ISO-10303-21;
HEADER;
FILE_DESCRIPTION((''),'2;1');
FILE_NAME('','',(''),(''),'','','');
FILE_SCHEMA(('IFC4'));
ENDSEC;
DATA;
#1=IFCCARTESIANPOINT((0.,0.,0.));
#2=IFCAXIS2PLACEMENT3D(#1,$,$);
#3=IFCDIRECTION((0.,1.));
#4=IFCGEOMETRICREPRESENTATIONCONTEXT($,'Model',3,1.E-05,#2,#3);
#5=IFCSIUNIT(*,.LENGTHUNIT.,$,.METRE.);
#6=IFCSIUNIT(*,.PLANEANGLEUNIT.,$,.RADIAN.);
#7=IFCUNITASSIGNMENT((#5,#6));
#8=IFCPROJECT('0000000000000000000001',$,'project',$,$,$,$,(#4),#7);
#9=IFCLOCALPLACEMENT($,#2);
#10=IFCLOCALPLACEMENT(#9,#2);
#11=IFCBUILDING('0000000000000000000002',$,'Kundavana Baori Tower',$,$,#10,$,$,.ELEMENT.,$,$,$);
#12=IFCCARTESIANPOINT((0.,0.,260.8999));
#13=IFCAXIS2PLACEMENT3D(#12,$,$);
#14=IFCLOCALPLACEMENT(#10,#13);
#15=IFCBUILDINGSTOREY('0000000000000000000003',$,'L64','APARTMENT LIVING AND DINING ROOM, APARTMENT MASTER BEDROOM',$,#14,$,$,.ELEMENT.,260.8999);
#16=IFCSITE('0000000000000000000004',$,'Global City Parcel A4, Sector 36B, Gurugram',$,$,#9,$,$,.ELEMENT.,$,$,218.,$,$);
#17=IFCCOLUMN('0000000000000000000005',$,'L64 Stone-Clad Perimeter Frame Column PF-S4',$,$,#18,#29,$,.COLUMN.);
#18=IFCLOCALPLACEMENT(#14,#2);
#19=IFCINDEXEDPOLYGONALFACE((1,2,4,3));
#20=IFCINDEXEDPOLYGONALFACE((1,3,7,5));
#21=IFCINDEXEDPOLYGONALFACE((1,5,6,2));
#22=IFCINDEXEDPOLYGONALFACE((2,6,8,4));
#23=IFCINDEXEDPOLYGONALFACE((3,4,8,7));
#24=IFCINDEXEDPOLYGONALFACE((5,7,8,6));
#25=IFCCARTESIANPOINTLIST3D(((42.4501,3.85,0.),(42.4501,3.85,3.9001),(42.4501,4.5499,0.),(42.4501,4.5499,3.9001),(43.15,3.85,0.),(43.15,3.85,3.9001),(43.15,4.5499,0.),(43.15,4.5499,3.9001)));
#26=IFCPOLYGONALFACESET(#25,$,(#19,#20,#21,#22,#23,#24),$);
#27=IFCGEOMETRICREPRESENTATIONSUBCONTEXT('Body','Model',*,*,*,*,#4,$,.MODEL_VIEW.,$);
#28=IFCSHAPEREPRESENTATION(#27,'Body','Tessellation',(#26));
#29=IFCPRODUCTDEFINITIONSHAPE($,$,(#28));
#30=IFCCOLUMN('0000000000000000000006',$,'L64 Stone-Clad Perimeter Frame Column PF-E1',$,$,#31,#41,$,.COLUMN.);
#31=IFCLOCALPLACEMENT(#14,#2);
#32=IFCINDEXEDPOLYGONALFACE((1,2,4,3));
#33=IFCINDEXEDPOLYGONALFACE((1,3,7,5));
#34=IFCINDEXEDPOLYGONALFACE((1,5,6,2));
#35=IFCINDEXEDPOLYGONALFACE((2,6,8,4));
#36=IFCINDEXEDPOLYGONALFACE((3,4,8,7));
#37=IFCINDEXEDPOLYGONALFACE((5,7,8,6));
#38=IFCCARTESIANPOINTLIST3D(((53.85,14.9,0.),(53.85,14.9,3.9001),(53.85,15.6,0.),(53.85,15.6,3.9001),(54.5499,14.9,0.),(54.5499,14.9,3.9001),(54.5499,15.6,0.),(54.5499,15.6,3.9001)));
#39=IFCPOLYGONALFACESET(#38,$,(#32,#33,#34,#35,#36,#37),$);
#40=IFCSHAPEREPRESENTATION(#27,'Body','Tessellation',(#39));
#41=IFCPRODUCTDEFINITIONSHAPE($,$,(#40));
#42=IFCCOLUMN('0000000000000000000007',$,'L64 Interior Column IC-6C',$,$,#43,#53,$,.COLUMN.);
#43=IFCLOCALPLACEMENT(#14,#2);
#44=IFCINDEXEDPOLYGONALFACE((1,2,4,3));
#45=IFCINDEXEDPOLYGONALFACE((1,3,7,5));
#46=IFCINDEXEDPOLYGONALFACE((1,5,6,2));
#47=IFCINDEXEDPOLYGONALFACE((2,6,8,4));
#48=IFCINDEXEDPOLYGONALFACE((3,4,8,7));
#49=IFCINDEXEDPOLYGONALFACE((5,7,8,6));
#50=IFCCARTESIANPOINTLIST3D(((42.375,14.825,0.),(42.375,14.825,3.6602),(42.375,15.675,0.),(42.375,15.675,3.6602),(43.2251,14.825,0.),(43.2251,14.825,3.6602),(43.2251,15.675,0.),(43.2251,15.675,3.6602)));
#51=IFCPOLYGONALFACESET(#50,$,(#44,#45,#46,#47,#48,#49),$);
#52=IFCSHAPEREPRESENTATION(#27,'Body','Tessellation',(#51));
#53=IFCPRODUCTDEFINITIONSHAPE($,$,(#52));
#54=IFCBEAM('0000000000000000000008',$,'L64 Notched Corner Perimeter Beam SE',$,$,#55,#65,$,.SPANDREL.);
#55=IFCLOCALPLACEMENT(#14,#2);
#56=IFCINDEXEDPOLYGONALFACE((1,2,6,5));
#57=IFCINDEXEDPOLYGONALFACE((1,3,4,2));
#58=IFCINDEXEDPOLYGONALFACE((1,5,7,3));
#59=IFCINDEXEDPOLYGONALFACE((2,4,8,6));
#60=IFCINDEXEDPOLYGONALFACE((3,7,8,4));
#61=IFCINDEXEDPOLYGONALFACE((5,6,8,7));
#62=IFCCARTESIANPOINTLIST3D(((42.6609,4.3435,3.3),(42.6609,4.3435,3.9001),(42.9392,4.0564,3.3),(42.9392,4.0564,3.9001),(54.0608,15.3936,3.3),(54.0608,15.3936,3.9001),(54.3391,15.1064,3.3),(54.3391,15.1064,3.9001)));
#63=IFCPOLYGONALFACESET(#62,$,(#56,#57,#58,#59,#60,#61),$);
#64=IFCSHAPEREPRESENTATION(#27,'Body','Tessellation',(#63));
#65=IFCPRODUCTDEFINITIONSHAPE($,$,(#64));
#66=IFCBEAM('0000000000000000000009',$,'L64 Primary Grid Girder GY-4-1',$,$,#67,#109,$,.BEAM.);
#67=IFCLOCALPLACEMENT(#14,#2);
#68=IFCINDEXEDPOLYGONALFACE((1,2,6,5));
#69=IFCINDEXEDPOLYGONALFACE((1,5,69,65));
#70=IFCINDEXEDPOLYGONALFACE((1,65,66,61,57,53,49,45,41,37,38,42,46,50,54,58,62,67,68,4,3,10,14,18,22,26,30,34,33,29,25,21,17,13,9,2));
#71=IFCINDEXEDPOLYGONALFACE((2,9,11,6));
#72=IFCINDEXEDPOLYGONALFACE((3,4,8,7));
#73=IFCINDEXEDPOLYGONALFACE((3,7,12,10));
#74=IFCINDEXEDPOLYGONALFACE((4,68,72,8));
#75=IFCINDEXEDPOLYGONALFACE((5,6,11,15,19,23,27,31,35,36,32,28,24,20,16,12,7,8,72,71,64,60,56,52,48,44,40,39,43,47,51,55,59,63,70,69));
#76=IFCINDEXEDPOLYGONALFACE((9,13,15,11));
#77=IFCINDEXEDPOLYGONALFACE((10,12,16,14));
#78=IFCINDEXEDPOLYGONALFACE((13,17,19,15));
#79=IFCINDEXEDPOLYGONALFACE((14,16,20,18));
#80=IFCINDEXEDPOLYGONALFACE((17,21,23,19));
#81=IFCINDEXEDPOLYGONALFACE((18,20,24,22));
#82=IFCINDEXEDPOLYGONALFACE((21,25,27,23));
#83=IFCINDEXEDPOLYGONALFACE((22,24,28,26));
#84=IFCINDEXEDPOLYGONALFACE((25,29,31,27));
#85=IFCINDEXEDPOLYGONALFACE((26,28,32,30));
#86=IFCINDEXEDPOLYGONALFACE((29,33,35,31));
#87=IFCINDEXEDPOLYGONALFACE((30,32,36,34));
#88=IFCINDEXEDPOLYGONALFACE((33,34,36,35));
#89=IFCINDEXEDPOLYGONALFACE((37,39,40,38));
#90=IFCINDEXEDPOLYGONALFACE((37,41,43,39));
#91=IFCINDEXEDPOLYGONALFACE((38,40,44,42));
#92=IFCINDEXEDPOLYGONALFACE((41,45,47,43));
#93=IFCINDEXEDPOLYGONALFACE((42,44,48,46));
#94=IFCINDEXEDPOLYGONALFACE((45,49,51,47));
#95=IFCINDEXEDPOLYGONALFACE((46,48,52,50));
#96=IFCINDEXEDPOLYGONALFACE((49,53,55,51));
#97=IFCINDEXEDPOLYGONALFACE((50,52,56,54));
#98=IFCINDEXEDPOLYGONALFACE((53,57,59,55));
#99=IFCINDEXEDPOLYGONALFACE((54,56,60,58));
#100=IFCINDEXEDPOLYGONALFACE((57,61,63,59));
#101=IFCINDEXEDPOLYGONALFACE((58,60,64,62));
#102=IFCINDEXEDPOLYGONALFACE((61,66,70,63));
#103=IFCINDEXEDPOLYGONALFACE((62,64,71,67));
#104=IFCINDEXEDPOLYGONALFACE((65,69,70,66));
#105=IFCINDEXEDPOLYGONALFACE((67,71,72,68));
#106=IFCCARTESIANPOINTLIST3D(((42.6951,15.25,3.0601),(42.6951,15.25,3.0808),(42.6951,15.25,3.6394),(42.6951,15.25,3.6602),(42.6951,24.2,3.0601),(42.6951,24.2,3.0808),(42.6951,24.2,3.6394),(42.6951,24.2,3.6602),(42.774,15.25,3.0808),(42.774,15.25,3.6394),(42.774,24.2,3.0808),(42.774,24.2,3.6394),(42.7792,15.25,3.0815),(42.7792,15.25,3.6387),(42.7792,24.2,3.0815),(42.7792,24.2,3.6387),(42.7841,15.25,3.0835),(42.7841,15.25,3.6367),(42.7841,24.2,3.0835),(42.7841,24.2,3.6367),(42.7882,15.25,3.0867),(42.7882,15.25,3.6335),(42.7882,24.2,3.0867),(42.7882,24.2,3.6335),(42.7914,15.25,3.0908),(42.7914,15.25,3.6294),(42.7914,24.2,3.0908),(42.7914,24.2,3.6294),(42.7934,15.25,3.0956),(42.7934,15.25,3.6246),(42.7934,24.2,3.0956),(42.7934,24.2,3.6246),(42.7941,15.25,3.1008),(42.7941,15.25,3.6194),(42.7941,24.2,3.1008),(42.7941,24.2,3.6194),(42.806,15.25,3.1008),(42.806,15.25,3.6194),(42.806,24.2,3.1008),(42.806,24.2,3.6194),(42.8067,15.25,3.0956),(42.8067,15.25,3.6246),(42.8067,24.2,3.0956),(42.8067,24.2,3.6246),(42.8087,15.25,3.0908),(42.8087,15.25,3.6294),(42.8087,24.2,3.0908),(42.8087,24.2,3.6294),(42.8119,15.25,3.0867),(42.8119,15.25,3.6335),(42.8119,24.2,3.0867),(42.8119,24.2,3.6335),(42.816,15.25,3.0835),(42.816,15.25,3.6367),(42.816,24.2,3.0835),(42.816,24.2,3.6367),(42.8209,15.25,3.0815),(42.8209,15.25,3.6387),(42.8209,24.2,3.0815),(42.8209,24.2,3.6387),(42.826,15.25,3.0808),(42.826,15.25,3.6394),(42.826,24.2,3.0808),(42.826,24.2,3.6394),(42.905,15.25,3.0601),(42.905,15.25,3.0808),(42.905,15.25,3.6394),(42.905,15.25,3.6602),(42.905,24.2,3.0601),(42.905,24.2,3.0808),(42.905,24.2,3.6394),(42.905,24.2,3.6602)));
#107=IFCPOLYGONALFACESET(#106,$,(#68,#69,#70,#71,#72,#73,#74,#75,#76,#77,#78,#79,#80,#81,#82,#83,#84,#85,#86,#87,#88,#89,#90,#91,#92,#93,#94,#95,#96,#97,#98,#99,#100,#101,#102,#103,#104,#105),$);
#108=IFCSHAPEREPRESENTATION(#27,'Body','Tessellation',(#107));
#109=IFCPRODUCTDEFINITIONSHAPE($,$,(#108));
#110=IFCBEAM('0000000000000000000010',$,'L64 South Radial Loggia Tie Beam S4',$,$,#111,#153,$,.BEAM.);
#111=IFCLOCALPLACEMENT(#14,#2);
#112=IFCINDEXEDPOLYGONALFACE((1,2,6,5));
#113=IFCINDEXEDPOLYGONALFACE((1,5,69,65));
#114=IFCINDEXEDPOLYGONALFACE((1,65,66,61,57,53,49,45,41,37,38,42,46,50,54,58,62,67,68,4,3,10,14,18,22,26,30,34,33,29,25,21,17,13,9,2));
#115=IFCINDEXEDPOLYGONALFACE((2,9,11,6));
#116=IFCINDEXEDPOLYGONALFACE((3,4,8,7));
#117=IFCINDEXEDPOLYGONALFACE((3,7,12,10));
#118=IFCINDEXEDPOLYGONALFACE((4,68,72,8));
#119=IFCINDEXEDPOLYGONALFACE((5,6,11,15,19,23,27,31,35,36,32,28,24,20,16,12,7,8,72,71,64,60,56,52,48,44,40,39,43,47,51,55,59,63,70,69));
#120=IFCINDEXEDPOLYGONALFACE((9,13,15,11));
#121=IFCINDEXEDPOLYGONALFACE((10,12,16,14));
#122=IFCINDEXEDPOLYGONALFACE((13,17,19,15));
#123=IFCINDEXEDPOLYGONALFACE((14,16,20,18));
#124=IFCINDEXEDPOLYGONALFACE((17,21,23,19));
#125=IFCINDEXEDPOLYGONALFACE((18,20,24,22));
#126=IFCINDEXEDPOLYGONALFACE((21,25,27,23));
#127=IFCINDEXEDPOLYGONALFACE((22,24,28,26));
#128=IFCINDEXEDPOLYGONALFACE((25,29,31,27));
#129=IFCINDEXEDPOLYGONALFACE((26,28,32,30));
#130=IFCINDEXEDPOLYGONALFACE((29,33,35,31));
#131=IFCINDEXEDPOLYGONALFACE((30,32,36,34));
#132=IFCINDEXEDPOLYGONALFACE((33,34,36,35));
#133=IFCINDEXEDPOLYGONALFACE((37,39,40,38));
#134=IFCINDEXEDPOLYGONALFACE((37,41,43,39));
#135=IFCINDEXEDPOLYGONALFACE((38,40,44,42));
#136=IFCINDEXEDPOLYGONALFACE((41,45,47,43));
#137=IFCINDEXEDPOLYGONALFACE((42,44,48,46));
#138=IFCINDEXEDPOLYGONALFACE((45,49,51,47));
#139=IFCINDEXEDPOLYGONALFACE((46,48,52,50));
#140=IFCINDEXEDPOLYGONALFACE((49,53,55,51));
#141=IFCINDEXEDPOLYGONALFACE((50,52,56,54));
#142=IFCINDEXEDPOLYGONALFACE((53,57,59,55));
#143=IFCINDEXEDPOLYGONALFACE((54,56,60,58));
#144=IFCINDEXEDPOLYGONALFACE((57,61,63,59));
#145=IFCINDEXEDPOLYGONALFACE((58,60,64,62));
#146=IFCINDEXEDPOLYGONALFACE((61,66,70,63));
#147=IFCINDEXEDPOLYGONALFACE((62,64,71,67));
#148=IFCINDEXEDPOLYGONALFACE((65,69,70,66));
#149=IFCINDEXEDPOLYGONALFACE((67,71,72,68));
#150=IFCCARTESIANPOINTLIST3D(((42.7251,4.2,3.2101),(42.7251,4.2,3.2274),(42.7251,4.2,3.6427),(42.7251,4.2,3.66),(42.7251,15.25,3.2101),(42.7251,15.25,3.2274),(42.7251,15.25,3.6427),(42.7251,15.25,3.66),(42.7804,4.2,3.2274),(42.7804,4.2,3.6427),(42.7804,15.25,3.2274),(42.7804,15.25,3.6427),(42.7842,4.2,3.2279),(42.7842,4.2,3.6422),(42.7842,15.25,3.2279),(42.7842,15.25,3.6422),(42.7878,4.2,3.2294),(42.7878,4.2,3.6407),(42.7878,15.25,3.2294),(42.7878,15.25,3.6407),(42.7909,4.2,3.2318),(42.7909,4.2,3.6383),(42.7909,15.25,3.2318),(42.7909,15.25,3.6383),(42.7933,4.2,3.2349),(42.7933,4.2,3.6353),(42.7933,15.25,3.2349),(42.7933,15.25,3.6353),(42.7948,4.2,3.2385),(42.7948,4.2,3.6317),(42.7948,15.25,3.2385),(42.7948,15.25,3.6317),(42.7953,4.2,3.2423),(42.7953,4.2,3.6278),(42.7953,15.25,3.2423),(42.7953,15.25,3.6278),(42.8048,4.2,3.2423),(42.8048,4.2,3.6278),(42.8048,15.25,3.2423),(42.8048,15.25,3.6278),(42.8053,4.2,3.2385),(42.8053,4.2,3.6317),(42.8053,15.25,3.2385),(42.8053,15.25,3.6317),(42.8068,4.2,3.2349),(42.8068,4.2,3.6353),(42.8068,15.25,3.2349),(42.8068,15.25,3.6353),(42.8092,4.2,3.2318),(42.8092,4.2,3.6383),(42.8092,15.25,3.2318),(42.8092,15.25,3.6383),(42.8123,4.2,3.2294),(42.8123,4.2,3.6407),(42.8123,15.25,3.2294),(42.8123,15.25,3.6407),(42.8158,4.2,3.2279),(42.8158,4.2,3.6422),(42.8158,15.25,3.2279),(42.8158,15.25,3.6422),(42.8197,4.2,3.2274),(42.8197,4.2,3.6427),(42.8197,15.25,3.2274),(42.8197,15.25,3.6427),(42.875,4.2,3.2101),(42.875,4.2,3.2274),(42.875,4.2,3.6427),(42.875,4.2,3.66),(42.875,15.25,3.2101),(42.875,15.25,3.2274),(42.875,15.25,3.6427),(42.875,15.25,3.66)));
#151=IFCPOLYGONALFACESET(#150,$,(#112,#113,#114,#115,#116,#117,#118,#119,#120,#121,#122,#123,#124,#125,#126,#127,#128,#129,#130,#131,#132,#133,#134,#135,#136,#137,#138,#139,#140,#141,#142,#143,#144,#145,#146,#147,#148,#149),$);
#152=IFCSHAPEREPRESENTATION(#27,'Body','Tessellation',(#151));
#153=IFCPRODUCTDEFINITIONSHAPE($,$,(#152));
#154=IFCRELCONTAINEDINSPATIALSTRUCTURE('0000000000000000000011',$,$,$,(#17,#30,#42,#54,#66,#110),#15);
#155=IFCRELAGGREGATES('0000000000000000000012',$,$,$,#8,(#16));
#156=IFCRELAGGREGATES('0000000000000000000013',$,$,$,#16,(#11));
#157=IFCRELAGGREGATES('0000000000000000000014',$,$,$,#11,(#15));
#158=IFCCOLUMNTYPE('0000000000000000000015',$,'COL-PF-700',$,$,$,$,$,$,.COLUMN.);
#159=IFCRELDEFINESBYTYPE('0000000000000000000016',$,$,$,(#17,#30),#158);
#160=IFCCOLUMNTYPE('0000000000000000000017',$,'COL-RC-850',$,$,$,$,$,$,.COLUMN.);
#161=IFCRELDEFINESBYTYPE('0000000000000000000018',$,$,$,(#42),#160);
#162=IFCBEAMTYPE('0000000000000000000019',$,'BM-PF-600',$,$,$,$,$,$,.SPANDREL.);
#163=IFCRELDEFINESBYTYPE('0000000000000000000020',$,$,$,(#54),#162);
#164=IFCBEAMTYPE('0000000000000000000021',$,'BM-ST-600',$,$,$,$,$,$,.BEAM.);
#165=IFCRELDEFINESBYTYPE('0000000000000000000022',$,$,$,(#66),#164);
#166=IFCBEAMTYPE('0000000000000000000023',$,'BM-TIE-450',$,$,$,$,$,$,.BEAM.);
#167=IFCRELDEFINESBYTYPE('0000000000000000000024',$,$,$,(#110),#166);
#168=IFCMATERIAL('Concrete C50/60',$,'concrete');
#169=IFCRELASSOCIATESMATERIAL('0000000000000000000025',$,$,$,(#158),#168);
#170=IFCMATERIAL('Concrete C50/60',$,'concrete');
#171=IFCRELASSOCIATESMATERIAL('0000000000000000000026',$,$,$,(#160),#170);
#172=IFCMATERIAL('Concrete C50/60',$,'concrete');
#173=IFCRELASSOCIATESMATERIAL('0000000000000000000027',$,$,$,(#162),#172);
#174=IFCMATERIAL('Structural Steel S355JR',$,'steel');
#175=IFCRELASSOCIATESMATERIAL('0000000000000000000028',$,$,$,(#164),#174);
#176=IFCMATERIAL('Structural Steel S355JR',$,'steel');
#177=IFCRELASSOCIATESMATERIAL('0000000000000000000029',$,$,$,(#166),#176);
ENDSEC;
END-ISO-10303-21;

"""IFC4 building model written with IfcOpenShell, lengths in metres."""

from ifc_helpers import new_model, si_unit, direction, frame, origin, origin_2d, place, context, subcontext, project, spatial, rectangle, i_section, extrude, material, material_profile, profile_set, type_object, element, save


model = new_model("IFC4")

# Units and contexts
model_context = context("Model", 3, precision=1e-05, world=origin(), true_north=direction((0.0, 1.0)))
body_context = subcontext(model_context, "Body", "Model", "MODEL_VIEW")
ifc_project = project(units=[si_unit("LENGTHUNIT", "METRE"), si_unit("PLANEANGLEUNIT", "RADIAN")], contexts=[model_context])

# Site, building, storey
site_placement = place(None, origin())
site = spatial("IfcSite", under=ifc_project, at=site_placement, Name="Global City Parcel A4, Sector 36B, Gurugram", CompositionType="ELEMENT", RefElevation=218.0)
building_placement = place(site_placement, origin())
building = spatial("IfcBuilding", under=site, at=building_placement, Name="Kundavana Baori Tower", CompositionType="ELEMENT")
storey_placement = place(building_placement, frame((0.0, 0.0, 260.8999)))
storey = spatial("IfcBuildingStorey", under=building, at=storey_placement, Name="L64", Description="APARTMENT LIVING AND DINING ROOM, APARTMENT MASTER BEDROOM", CompositionType="ELEMENT", Elevation=260.8999)

# Columns
ifc_material_1 = material(Name="Concrete C50/60", Category="concrete")
ifc_material_profile_1 = material_profile(ifc_material_1, rectangle(XDim=0.7, YDim=0.7, at=origin_2d()), Name="RC PF 700x700")
ifc_profile_set_1 = profile_set([ifc_material_profile_1], Name="Concrete C50/60")
column_type_1 = type_object("IfcColumnType", Name="COL-PF-700", PredefinedType="COLUMN", material=ifc_profile_set_1)
for number, where, z_axis, x_axis, name in (
    (1, (42.8, 4.2, 0.0), (0.0, 0.0, 1.0), (1.0, 0.0, 0.0), "L64 Stone-Clad Perimeter Frame Column PF-S4"),
    (2, (54.2, 15.25, 0.0), (0.0, 0.0, 1.0), (1.0, 0.0, 0.0), "L64 Stone-Clad Perimeter Frame Column PF-E1"),
):
    element("IfcColumn", number, at=place(storey_placement, frame(where, z_axis=z_axis, x_axis=x_axis)), inside=storey, type_object=column_type_1, Name=name, PredefinedType="COLUMN", context=body_context, shape_type="SweptSolid", body=[
        extrude(rectangle(XDim=0.7, YDim=0.7, at=origin_2d()), origin(), (0.0, 0.0, 1.0), 3.9001),
    ])
ifc_material_2 = material(Name="Concrete C50/60", Category="concrete")
ifc_material_profile_2 = material_profile(ifc_material_2, rectangle(XDim=0.8501, YDim=0.8501, at=origin_2d()), Name="RC 850x850")
ifc_profile_set_2 = profile_set([ifc_material_profile_2], Name="Concrete C50/60")
column_type_2 = type_object("IfcColumnType", Name="COL-RC-850", PredefinedType="COLUMN", material=ifc_profile_set_2)
column_placement = place(storey_placement, frame((42.8, 15.25, 0.0), z_axis=(0.0, 0.0, 1.0), x_axis=(1.0, 0.0, 0.0)))
element("IfcColumn", 3, at=column_placement, inside=storey, type_object=column_type_2, Name="L64 Interior Column IC-6C", PredefinedType="COLUMN", context=body_context, shape_type="SweptSolid", body=[
    extrude(rectangle(XDim=0.8501, YDim=0.8501, at=origin_2d()), origin(), (0.0, 0.0, 1.0), 3.6602),
])

# Beams
ifc_material_3 = material(Name="Concrete C50/60", Category="concrete")
ifc_material_profile_3 = material_profile(ifc_material_3, rectangle(XDim=0.3999, YDim=0.6001, at=origin_2d()), Name="RC BM 400x600")
ifc_profile_set_3 = profile_set([ifc_material_profile_3], Name="Concrete C50/60")
beam_type_1 = type_object("IfcBeamType", Name="BM-PF-600", PredefinedType="SPANDREL", material=ifc_profile_set_3)
beam_1_placement = place(storey_placement, frame((42.8, 4.2, 3.6001), z_axis=(0.718039, 0.696003, 0.0), x_axis=(-0.696003, 0.718039, 0.0)))
element("IfcBeam", 4, at=beam_1_placement, inside=storey, type_object=beam_type_1, Name="L64 Notched Corner Perimeter Beam SE", PredefinedType="SPANDREL", context=body_context, shape_type="SweptSolid", body=[
    extrude(rectangle(XDim=0.3999, YDim=0.6001, at=origin_2d()), origin(), (0.0, 0.0, 1.0), 15.8765),
])
ifc_material_4 = material(Name="Structural Steel S355JR", Category="steel")
ifc_material_profile_4 = material_profile(ifc_material_4, i_section(OverallWidth=0.21, OverallDepth=0.6001, WebThickness=0.012, FlangeThickness=0.0208, FilletRadius=0.02, at=origin_2d()), Name="ISMB 600")
ifc_profile_set_4 = profile_set([ifc_material_profile_4], Name="Structural Steel S355JR")
beam_type_2 = type_object("IfcBeamType", Name="BM-ST-600", PredefinedType="BEAM", material=ifc_profile_set_4)
beam_2_placement = place(storey_placement, frame((42.8, 15.25, 3.3601), z_axis=(0.0, 1.0, 0.0), x_axis=(-1.0, 0.0, 0.0)))
element("IfcBeam", 5, at=beam_2_placement, inside=storey, type_object=beam_type_2, Name="L64 Primary Grid Girder GY-4-1", PredefinedType="BEAM", context=body_context, shape_type="SweptSolid", body=[
    extrude(i_section(OverallWidth=0.21, OverallDepth=0.6001, WebThickness=0.012, FlangeThickness=0.0208, FilletRadius=0.02, at=origin_2d()), origin(), (0.0, 0.0, 1.0), 8.95),
])
ifc_material_5 = material(Name="Structural Steel S355JR", Category="steel")
ifc_material_profile_5 = material_profile(ifc_material_5, i_section(OverallWidth=0.1499, OverallDepth=0.45, WebThickness=0.0095, FlangeThickness=0.0173, FilletRadius=0.0149, at=origin_2d()), Name="ISMB 450")
ifc_profile_set_5 = profile_set([ifc_material_profile_5], Name="Structural Steel S355JR")
beam_type_3 = type_object("IfcBeamType", Name="BM-TIE-450", PredefinedType="BEAM", material=ifc_profile_set_5)
beam_3_placement = place(storey_placement, frame((42.8, 15.25, 3.4351), z_axis=(0.0, -1.0, 0.0), x_axis=(1.0, 0.0, 0.0)))
element("IfcBeam", 6, at=beam_3_placement, inside=storey, type_object=beam_type_3, Name="L64 South Radial Loggia Tie Beam S4", PredefinedType="BEAM", context=body_context, shape_type="SweptSolid", body=[
    extrude(i_section(OverallWidth=0.1499, OverallDepth=0.45, WebThickness=0.0095, FlangeThickness=0.0173, FilletRadius=0.0149, at=origin_2d()), origin(), (0.0, 0.0, 1.0), 11.05),
])

save(model, "model.ifc")
